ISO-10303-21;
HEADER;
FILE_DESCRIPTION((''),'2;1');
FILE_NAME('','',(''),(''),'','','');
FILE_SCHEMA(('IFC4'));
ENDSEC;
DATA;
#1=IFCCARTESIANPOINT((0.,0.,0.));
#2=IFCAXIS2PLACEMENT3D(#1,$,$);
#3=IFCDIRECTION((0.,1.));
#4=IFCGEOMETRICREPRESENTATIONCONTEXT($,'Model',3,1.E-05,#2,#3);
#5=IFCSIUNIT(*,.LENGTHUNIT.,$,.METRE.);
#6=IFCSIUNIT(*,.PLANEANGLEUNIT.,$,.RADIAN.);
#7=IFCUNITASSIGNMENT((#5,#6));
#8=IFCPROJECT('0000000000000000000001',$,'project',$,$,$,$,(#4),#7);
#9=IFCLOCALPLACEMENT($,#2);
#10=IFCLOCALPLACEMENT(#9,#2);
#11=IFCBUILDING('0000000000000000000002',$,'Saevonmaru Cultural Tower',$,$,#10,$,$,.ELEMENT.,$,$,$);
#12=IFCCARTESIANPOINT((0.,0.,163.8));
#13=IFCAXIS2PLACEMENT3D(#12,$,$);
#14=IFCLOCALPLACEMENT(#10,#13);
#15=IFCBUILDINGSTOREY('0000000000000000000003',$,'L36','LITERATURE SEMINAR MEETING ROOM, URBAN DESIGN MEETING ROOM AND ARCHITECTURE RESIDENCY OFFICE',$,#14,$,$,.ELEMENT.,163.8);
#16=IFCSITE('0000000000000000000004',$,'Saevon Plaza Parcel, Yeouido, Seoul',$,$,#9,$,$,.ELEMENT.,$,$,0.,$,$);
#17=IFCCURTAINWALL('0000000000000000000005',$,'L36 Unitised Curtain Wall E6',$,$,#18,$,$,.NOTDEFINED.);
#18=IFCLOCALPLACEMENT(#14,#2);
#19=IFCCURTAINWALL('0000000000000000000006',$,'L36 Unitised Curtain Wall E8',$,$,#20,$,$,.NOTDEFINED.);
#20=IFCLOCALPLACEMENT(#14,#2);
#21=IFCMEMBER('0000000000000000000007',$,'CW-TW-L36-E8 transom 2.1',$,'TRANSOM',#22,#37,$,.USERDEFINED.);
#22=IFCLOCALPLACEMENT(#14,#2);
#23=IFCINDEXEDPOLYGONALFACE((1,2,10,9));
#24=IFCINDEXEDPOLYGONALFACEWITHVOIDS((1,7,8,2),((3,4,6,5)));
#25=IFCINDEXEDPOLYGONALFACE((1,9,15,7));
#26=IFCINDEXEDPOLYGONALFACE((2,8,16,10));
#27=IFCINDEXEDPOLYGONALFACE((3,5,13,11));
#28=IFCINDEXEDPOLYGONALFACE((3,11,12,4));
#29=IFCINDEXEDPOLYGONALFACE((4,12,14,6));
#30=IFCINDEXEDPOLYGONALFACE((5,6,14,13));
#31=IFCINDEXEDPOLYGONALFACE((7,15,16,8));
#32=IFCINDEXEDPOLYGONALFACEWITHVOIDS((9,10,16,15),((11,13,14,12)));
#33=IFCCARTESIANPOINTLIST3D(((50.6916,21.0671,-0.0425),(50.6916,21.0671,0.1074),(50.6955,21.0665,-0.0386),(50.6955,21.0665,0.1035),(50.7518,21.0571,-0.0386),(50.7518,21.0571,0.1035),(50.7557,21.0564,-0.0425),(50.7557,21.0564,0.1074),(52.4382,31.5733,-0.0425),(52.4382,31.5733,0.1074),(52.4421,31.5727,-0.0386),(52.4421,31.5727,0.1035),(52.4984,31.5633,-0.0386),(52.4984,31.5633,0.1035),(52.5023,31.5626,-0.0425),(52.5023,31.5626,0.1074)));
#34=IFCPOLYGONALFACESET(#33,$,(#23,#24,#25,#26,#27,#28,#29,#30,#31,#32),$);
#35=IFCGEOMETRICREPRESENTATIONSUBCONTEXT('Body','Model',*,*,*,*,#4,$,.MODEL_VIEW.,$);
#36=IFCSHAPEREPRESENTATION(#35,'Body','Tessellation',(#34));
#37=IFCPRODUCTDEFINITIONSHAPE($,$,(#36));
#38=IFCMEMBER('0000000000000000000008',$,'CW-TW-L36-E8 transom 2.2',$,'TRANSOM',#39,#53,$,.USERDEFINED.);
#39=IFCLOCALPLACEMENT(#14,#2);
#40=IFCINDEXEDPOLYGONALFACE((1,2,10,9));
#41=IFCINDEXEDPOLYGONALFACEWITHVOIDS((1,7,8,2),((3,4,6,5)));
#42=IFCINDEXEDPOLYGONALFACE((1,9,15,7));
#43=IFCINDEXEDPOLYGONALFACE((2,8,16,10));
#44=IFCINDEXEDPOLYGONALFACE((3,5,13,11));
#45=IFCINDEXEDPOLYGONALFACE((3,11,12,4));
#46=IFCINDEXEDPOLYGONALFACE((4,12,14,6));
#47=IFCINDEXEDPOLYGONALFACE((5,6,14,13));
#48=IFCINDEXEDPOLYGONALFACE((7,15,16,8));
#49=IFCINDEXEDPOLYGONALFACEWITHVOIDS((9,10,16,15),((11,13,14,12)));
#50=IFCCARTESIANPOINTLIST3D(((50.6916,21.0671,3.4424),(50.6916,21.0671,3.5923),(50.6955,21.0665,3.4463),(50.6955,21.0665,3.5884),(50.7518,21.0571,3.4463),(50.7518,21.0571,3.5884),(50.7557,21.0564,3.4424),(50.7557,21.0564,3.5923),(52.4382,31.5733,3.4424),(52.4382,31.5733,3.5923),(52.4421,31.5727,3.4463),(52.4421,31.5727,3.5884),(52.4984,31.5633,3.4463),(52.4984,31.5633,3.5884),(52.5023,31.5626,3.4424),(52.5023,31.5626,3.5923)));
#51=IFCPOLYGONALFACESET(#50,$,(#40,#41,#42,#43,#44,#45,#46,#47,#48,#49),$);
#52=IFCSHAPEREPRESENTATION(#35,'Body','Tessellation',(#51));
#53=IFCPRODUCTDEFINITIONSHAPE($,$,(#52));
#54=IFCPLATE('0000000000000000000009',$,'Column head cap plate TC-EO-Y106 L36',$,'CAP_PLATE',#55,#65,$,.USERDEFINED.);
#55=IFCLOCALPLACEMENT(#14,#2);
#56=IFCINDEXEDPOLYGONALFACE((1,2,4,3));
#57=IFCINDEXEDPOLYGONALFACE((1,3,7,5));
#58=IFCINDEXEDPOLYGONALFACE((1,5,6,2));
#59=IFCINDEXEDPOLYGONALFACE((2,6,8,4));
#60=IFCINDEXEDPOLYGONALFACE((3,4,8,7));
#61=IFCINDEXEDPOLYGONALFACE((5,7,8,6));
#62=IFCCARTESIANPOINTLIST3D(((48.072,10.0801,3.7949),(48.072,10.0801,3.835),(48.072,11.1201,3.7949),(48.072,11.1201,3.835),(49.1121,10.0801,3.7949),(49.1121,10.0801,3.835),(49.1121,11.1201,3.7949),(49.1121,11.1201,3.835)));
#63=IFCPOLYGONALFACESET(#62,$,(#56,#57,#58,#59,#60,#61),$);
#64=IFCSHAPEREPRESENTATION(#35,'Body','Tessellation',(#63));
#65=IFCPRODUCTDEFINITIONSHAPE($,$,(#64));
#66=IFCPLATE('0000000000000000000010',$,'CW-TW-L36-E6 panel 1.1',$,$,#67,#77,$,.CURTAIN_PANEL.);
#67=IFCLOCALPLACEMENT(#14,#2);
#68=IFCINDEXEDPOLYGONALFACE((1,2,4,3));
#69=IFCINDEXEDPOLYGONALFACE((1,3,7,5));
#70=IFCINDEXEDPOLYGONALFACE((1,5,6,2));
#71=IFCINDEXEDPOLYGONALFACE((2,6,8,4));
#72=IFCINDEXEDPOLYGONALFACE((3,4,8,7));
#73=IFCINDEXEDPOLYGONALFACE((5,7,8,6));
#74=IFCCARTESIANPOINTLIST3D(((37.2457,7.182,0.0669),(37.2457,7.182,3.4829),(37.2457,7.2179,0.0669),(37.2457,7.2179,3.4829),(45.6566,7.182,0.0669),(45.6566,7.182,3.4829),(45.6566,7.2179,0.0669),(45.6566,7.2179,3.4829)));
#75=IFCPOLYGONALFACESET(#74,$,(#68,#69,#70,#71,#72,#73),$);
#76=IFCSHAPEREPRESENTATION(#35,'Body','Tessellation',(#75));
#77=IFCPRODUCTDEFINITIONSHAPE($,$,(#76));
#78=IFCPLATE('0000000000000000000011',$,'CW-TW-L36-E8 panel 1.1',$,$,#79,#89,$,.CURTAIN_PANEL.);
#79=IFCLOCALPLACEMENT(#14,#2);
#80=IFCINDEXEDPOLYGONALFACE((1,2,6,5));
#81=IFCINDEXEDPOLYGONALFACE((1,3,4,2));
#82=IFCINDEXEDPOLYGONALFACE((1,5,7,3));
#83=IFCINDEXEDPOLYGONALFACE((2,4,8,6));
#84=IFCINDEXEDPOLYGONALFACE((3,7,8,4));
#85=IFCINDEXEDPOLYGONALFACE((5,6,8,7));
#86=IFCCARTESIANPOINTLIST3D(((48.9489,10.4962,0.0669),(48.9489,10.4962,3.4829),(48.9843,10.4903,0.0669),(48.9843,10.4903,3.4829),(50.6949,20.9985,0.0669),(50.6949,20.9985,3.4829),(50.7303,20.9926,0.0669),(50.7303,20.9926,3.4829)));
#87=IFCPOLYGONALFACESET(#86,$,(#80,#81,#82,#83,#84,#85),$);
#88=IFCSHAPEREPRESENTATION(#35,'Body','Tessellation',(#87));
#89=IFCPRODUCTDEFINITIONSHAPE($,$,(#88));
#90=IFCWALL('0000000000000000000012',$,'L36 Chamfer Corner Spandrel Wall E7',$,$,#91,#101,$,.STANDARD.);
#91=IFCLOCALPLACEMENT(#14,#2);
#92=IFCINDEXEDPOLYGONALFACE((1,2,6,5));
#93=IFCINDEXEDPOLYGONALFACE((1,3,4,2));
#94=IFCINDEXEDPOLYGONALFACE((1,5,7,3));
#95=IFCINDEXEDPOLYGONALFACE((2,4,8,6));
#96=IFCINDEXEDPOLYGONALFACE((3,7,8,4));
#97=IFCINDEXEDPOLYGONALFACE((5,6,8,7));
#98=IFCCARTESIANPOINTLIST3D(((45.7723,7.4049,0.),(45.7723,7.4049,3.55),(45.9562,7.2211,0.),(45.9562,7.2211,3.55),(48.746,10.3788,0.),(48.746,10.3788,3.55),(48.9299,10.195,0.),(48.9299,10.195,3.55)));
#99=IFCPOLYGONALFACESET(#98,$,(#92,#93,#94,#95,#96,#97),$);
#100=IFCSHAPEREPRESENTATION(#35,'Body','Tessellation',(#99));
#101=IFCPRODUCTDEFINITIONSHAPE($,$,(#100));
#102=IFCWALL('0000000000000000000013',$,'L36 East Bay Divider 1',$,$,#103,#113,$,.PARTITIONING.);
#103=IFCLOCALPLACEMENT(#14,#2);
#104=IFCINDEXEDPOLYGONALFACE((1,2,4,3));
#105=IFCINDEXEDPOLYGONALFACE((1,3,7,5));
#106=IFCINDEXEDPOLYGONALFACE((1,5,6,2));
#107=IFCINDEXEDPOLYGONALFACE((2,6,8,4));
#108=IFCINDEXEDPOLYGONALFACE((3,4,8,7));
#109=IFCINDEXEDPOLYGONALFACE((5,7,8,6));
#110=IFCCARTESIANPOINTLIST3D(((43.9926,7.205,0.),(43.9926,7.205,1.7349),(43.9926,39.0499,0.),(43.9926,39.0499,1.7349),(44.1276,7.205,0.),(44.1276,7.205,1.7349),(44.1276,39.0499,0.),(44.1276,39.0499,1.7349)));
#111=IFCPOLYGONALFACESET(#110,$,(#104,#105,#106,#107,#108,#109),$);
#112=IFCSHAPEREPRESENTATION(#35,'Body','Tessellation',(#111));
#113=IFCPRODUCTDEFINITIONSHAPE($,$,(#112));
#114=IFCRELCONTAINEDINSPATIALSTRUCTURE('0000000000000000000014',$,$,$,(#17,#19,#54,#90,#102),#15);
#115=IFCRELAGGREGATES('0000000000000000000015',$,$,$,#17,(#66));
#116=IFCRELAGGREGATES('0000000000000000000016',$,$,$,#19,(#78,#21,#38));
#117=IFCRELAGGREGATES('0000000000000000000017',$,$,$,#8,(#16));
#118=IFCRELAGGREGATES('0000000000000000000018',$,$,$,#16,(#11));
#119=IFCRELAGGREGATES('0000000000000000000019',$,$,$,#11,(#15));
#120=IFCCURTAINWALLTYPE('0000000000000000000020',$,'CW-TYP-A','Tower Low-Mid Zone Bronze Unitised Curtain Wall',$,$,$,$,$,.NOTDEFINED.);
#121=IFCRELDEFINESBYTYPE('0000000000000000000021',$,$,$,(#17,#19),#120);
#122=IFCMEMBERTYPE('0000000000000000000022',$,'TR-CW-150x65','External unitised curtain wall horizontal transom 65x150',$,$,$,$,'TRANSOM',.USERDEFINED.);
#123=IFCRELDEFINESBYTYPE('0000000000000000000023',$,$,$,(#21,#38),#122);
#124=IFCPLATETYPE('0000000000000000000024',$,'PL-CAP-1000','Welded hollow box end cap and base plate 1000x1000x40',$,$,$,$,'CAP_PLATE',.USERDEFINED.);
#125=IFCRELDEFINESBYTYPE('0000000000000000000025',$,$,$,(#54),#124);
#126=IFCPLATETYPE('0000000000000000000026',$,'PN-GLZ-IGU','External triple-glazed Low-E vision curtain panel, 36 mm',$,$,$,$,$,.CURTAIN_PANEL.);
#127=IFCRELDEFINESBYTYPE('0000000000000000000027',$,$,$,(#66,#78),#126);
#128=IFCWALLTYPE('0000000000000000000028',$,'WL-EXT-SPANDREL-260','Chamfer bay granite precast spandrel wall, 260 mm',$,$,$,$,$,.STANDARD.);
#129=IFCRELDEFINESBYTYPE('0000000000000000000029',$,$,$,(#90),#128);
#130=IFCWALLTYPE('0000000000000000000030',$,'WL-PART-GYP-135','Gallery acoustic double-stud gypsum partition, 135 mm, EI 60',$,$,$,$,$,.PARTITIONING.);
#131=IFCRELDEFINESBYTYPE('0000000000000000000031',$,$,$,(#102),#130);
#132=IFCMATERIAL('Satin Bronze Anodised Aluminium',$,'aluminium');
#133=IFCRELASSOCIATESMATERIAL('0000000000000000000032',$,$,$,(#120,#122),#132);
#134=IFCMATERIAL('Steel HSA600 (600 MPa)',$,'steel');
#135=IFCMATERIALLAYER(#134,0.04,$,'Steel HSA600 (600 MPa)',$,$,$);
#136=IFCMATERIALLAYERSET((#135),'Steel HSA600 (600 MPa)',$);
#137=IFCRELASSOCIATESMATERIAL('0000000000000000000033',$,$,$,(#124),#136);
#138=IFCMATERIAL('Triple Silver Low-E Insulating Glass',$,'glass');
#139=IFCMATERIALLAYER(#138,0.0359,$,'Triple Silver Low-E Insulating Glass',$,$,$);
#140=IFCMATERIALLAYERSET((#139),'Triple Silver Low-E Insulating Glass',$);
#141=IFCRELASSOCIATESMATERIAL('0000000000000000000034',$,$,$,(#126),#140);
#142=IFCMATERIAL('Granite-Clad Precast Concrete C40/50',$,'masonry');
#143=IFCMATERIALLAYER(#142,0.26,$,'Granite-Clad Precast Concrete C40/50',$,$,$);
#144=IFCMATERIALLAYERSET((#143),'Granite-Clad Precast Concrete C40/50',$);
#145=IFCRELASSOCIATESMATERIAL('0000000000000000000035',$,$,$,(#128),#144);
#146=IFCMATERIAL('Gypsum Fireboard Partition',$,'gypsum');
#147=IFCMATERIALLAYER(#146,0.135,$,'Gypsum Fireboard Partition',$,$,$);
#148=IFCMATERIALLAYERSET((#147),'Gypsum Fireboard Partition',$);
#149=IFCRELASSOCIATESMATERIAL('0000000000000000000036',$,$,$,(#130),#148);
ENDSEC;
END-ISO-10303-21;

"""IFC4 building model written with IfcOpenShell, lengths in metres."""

from ifc_helpers import new_model, si_unit, direction, frame, frame_2d, origin, origin_2d, place, context, subcontext, project, spatial, rectangle, hollow_rectangle, extrude, material, layer, layer_set, material_profile, profile_set, type_object, element, aggregate, save


model = new_model("IFC4")

# Units and contexts
model_context = context("Model", 3, precision=1e-05, world=origin(), true_north=direction((0.0, 1.0)))
body_context = subcontext(model_context, "Body", "Model", "MODEL_VIEW")
ifc_project = project(units=[si_unit("LENGTHUNIT", "METRE"), si_unit("PLANEANGLEUNIT", "RADIAN")], contexts=[model_context])

# Site, building, storey
site_placement = place(None, origin())
site = spatial("IfcSite", under=ifc_project, at=site_placement, Name="Saevon Plaza Parcel, Yeouido, Seoul", CompositionType="ELEMENT", RefElevation=0.0)
building_placement = place(site_placement, origin())
building = spatial("IfcBuilding", under=site, at=building_placement, Name="Saevonmaru Cultural Tower", CompositionType="ELEMENT")
storey_placement = place(building_placement, frame((0.0, 0.0, 163.8)))
storey = spatial("IfcBuildingStorey", under=building, at=storey_placement, Name="L36", Description="LITERATURE SEMINAR MEETING ROOM, URBAN DESIGN MEETING ROOM AND ARCHITECTURE RESIDENCY OFFICE", CompositionType="ELEMENT", Elevation=163.8)

# Shared definitions
ifc_material_1 = material(Name="Steel HSA600 (600 MPa)", Category="steel")

# Curtain wall
ifc_material_2 = material(Name="Satin Bronze Anodised Aluminium", Category="aluminium")
curtain_wall_type = type_object("IfcCurtainWallType", Name="CW-TYP-A", Description="Tower Low-Mid Zone Bronze Unitised Curtain Wall", PredefinedType="NOTDEFINED", material=ifc_material_2)
curtain_wall_1_placement = place(storey_placement, origin())
curtain_wall_1 = element("IfcCurtainWall", 1, at=curtain_wall_1_placement, inside=storey, type_object=curtain_wall_type, Name="L36 Unitised Curtain Wall E6", PredefinedType="NOTDEFINED")

# Curtain wall, members
curtain_wall_2_placement = place(storey_placement, origin())
curtain_wall_2 = element("IfcCurtainWall", 2, at=curtain_wall_2_placement, inside=storey, type_object=curtain_wall_type, Name="L36 Unitised Curtain Wall E8", PredefinedType="NOTDEFINED")
ifc_material_profile_1 = material_profile(ifc_material_2, hollow_rectangle(XDim=0.0649, YDim=0.1499, WallThickness=0.0039, at=origin_2d()), Name="ALU-TRAN-150x65x4")
ifc_profile_set_1 = profile_set([ifc_material_profile_1], Name="Satin Bronze Anodised Aluminium")
member_type_1 = type_object("IfcMemberType", Name="TR-CW-150x65", Description="External unitised curtain wall horizontal transom 65x150", ElementType="TRANSOM", PredefinedType="USERDEFINED", material=ifc_profile_set_1)
member_1_placement = place(storey_placement, frame((50.7236, 21.0618, 0.0325), z_axis=(0.163994, 0.986461, 0.0), x_axis=(-0.986461, 0.163994, 0.0)))
member_1 = element("IfcMember", 3, at=member_1_placement, type_object=member_type_1, Name="CW-TW-L36-E8 transom 2.1", ObjectType="TRANSOM", PredefinedType="USERDEFINED", context=body_context, shape_type="SweptSolid", body=[
    extrude(hollow_rectangle(XDim=0.0649, YDim=0.1499, WallThickness=0.0039, at=origin_2d()), origin(), (0.0, 0.0, 1.0), 10.6504),
])
member_2_placement = place(storey_placement, frame((50.7236, 21.0618, 3.5173), z_axis=(0.163994, 0.986461, 0.0), x_axis=(-0.986461, 0.163994, 0.0)))
member_2 = element("IfcMember", 4, at=member_2_placement, type_object=member_type_1, Name="CW-TW-L36-E8 transom 2.2", ObjectType="TRANSOM", PredefinedType="USERDEFINED", context=body_context, shape_type="SweptSolid", body=[
    extrude(hollow_rectangle(XDim=0.0649, YDim=0.1499, WallThickness=0.0039, at=origin_2d()), origin(), (0.0, 0.0, 1.0), 10.6504),
])

# Plates
ifc_layer_1 = layer(ifc_material_1, 0.04, Name="Steel HSA600 (600 MPa)")
ifc_layer_set_1 = layer_set([ifc_layer_1], Name="Steel HSA600 (600 MPa)")
plate_type_1 = type_object("IfcPlateType", Name="PL-CAP-1000", Description="Welded hollow box end cap and base plate 1000x1000x40", ElementType="CAP_PLATE", PredefinedType="USERDEFINED", material=ifc_layer_set_1)
plate_1_placement = place(storey_placement, frame((48.592, 10.6001, 3.7949), z_axis=(0.0, 0.0, 1.0), x_axis=(1.0, 0.0, 0.0)))
element("IfcPlate", 5, at=plate_1_placement, inside=storey, type_object=plate_type_1, Name="Column head cap plate TC-EO-Y106 L36", ObjectType="CAP_PLATE", PredefinedType="USERDEFINED", context=body_context, shape_type="SweptSolid", body=[
    extrude(rectangle(XDim=1.04, YDim=1.04, at=origin_2d()), origin(), (0.0, 0.0, 1.0), 0.04),
])
ifc_material_3 = material(Name="Triple Silver Low-E Insulating Glass", Category="glass")
ifc_layer_2 = layer(ifc_material_3, 0.0359, Name="Triple Silver Low-E Insulating Glass")
ifc_layer_set_2 = layer_set([ifc_layer_2], Name="Triple Silver Low-E Insulating Glass")
plate_type_2 = type_object("IfcPlateType", Name="PN-GLZ-IGU", Description="External triple-glazed Low-E vision curtain panel, 36 mm", PredefinedType="CURTAIN_PANEL", material=ifc_layer_set_2)
plate_2_placement = place(storey_placement, frame((41.4512, 7.2, 0.0669), z_axis=(0.0, 0.0, 1.0), x_axis=(1.0, 0.0, 0.0)))
plate_2 = element("IfcPlate", 6, at=plate_2_placement, type_object=plate_type_2, Name="CW-TW-L36-E6 panel 1.1", PredefinedType="CURTAIN_PANEL", context=body_context, shape_type="SweptSolid", body=[
    extrude(rectangle(XDim=8.4109, YDim=0.0359, at=origin_2d()), origin(), (0.0, 0.0, 1.0), 3.416),
])
aggregate(curtain_wall_1, [plate_2])
plate_3_placement = place(storey_placement, frame((49.8396, 15.7444, 0.0669), z_axis=(0.0, 0.0, 1.0), x_axis=(0.163999, 0.986461, 0.0)))
plate_3 = element("IfcPlate", 7, at=plate_3_placement, type_object=plate_type_2, Name="CW-TW-L36-E8 panel 1.1", PredefinedType="CURTAIN_PANEL", context=body_context, shape_type="SweptSolid", body=[
    extrude(rectangle(XDim=10.6465, YDim=0.0359, at=origin_2d()), origin(), (0.0, 0.0, 1.0), 3.416),
])
aggregate(curtain_wall_2, [plate_3, member_1, member_2])

# Walls
ifc_material_4 = material(Name="Granite-Clad Precast Concrete C40/50", Category="masonry")
ifc_layer_3 = layer(ifc_material_4, 0.26, Name="Granite-Clad Precast Concrete C40/50")
ifc_layer_set_3 = layer_set([ifc_layer_3], Name="Granite-Clad Precast Concrete C40/50")
wall_type_1 = type_object("IfcWallType", Name="WL-EXT-SPANDREL-260", Description="Chamfer bay granite precast spandrel wall, 260 mm", PredefinedType="STANDARD", material=ifc_layer_set_3)
wall_1_placement = place(storey_placement, frame((45.8643, 7.313, 0.0), z_axis=(0.0, 0.0, 1.0), x_axis=(0.707078, 0.707136, 0.0)))
element("IfcWall", 8, at=wall_1_placement, inside=storey, type_object=wall_type_1, Name="L36 Chamfer Corner Spandrel Wall E7", PredefinedType="STANDARD", context=body_context, shape_type="SweptSolid", body=[
    extrude(rectangle(XDim=4.2056, YDim=0.26, at=frame_2d((2.1028, 0.0))), origin(), (0.0, 0.0, 1.0), 3.55),
])
ifc_material_5 = material(Name="Gypsum Fireboard Partition", Category="gypsum")
ifc_layer_4 = layer(ifc_material_5, 0.135, Name="Gypsum Fireboard Partition")
ifc_layer_set_4 = layer_set([ifc_layer_4], Name="Gypsum Fireboard Partition")
wall_type_2 = type_object("IfcWallType", Name="WL-PART-GYP-135", Description="Gallery acoustic double-stud gypsum partition, 135 mm, EI 60", PredefinedType="PARTITIONING", material=ifc_layer_set_4)
wall_2_placement = place(storey_placement, frame((44.0601, 7.2051, 0.0), z_axis=(0.0, 0.0, 1.0), x_axis=(0.0, 1.0, 0.0)))
element("IfcWall", 9, at=wall_2_placement, inside=storey, type_object=wall_type_2, Name="L36 East Bay Divider 1", PredefinedType="PARTITIONING", context=body_context, shape_type="SweptSolid", body=[
    extrude(rectangle(XDim=31.845, YDim=0.135, at=frame_2d((15.9224, 0.0))), origin(), (0.0, 0.0, 1.0), 1.7349),
])

save(model, "model.ifc")
